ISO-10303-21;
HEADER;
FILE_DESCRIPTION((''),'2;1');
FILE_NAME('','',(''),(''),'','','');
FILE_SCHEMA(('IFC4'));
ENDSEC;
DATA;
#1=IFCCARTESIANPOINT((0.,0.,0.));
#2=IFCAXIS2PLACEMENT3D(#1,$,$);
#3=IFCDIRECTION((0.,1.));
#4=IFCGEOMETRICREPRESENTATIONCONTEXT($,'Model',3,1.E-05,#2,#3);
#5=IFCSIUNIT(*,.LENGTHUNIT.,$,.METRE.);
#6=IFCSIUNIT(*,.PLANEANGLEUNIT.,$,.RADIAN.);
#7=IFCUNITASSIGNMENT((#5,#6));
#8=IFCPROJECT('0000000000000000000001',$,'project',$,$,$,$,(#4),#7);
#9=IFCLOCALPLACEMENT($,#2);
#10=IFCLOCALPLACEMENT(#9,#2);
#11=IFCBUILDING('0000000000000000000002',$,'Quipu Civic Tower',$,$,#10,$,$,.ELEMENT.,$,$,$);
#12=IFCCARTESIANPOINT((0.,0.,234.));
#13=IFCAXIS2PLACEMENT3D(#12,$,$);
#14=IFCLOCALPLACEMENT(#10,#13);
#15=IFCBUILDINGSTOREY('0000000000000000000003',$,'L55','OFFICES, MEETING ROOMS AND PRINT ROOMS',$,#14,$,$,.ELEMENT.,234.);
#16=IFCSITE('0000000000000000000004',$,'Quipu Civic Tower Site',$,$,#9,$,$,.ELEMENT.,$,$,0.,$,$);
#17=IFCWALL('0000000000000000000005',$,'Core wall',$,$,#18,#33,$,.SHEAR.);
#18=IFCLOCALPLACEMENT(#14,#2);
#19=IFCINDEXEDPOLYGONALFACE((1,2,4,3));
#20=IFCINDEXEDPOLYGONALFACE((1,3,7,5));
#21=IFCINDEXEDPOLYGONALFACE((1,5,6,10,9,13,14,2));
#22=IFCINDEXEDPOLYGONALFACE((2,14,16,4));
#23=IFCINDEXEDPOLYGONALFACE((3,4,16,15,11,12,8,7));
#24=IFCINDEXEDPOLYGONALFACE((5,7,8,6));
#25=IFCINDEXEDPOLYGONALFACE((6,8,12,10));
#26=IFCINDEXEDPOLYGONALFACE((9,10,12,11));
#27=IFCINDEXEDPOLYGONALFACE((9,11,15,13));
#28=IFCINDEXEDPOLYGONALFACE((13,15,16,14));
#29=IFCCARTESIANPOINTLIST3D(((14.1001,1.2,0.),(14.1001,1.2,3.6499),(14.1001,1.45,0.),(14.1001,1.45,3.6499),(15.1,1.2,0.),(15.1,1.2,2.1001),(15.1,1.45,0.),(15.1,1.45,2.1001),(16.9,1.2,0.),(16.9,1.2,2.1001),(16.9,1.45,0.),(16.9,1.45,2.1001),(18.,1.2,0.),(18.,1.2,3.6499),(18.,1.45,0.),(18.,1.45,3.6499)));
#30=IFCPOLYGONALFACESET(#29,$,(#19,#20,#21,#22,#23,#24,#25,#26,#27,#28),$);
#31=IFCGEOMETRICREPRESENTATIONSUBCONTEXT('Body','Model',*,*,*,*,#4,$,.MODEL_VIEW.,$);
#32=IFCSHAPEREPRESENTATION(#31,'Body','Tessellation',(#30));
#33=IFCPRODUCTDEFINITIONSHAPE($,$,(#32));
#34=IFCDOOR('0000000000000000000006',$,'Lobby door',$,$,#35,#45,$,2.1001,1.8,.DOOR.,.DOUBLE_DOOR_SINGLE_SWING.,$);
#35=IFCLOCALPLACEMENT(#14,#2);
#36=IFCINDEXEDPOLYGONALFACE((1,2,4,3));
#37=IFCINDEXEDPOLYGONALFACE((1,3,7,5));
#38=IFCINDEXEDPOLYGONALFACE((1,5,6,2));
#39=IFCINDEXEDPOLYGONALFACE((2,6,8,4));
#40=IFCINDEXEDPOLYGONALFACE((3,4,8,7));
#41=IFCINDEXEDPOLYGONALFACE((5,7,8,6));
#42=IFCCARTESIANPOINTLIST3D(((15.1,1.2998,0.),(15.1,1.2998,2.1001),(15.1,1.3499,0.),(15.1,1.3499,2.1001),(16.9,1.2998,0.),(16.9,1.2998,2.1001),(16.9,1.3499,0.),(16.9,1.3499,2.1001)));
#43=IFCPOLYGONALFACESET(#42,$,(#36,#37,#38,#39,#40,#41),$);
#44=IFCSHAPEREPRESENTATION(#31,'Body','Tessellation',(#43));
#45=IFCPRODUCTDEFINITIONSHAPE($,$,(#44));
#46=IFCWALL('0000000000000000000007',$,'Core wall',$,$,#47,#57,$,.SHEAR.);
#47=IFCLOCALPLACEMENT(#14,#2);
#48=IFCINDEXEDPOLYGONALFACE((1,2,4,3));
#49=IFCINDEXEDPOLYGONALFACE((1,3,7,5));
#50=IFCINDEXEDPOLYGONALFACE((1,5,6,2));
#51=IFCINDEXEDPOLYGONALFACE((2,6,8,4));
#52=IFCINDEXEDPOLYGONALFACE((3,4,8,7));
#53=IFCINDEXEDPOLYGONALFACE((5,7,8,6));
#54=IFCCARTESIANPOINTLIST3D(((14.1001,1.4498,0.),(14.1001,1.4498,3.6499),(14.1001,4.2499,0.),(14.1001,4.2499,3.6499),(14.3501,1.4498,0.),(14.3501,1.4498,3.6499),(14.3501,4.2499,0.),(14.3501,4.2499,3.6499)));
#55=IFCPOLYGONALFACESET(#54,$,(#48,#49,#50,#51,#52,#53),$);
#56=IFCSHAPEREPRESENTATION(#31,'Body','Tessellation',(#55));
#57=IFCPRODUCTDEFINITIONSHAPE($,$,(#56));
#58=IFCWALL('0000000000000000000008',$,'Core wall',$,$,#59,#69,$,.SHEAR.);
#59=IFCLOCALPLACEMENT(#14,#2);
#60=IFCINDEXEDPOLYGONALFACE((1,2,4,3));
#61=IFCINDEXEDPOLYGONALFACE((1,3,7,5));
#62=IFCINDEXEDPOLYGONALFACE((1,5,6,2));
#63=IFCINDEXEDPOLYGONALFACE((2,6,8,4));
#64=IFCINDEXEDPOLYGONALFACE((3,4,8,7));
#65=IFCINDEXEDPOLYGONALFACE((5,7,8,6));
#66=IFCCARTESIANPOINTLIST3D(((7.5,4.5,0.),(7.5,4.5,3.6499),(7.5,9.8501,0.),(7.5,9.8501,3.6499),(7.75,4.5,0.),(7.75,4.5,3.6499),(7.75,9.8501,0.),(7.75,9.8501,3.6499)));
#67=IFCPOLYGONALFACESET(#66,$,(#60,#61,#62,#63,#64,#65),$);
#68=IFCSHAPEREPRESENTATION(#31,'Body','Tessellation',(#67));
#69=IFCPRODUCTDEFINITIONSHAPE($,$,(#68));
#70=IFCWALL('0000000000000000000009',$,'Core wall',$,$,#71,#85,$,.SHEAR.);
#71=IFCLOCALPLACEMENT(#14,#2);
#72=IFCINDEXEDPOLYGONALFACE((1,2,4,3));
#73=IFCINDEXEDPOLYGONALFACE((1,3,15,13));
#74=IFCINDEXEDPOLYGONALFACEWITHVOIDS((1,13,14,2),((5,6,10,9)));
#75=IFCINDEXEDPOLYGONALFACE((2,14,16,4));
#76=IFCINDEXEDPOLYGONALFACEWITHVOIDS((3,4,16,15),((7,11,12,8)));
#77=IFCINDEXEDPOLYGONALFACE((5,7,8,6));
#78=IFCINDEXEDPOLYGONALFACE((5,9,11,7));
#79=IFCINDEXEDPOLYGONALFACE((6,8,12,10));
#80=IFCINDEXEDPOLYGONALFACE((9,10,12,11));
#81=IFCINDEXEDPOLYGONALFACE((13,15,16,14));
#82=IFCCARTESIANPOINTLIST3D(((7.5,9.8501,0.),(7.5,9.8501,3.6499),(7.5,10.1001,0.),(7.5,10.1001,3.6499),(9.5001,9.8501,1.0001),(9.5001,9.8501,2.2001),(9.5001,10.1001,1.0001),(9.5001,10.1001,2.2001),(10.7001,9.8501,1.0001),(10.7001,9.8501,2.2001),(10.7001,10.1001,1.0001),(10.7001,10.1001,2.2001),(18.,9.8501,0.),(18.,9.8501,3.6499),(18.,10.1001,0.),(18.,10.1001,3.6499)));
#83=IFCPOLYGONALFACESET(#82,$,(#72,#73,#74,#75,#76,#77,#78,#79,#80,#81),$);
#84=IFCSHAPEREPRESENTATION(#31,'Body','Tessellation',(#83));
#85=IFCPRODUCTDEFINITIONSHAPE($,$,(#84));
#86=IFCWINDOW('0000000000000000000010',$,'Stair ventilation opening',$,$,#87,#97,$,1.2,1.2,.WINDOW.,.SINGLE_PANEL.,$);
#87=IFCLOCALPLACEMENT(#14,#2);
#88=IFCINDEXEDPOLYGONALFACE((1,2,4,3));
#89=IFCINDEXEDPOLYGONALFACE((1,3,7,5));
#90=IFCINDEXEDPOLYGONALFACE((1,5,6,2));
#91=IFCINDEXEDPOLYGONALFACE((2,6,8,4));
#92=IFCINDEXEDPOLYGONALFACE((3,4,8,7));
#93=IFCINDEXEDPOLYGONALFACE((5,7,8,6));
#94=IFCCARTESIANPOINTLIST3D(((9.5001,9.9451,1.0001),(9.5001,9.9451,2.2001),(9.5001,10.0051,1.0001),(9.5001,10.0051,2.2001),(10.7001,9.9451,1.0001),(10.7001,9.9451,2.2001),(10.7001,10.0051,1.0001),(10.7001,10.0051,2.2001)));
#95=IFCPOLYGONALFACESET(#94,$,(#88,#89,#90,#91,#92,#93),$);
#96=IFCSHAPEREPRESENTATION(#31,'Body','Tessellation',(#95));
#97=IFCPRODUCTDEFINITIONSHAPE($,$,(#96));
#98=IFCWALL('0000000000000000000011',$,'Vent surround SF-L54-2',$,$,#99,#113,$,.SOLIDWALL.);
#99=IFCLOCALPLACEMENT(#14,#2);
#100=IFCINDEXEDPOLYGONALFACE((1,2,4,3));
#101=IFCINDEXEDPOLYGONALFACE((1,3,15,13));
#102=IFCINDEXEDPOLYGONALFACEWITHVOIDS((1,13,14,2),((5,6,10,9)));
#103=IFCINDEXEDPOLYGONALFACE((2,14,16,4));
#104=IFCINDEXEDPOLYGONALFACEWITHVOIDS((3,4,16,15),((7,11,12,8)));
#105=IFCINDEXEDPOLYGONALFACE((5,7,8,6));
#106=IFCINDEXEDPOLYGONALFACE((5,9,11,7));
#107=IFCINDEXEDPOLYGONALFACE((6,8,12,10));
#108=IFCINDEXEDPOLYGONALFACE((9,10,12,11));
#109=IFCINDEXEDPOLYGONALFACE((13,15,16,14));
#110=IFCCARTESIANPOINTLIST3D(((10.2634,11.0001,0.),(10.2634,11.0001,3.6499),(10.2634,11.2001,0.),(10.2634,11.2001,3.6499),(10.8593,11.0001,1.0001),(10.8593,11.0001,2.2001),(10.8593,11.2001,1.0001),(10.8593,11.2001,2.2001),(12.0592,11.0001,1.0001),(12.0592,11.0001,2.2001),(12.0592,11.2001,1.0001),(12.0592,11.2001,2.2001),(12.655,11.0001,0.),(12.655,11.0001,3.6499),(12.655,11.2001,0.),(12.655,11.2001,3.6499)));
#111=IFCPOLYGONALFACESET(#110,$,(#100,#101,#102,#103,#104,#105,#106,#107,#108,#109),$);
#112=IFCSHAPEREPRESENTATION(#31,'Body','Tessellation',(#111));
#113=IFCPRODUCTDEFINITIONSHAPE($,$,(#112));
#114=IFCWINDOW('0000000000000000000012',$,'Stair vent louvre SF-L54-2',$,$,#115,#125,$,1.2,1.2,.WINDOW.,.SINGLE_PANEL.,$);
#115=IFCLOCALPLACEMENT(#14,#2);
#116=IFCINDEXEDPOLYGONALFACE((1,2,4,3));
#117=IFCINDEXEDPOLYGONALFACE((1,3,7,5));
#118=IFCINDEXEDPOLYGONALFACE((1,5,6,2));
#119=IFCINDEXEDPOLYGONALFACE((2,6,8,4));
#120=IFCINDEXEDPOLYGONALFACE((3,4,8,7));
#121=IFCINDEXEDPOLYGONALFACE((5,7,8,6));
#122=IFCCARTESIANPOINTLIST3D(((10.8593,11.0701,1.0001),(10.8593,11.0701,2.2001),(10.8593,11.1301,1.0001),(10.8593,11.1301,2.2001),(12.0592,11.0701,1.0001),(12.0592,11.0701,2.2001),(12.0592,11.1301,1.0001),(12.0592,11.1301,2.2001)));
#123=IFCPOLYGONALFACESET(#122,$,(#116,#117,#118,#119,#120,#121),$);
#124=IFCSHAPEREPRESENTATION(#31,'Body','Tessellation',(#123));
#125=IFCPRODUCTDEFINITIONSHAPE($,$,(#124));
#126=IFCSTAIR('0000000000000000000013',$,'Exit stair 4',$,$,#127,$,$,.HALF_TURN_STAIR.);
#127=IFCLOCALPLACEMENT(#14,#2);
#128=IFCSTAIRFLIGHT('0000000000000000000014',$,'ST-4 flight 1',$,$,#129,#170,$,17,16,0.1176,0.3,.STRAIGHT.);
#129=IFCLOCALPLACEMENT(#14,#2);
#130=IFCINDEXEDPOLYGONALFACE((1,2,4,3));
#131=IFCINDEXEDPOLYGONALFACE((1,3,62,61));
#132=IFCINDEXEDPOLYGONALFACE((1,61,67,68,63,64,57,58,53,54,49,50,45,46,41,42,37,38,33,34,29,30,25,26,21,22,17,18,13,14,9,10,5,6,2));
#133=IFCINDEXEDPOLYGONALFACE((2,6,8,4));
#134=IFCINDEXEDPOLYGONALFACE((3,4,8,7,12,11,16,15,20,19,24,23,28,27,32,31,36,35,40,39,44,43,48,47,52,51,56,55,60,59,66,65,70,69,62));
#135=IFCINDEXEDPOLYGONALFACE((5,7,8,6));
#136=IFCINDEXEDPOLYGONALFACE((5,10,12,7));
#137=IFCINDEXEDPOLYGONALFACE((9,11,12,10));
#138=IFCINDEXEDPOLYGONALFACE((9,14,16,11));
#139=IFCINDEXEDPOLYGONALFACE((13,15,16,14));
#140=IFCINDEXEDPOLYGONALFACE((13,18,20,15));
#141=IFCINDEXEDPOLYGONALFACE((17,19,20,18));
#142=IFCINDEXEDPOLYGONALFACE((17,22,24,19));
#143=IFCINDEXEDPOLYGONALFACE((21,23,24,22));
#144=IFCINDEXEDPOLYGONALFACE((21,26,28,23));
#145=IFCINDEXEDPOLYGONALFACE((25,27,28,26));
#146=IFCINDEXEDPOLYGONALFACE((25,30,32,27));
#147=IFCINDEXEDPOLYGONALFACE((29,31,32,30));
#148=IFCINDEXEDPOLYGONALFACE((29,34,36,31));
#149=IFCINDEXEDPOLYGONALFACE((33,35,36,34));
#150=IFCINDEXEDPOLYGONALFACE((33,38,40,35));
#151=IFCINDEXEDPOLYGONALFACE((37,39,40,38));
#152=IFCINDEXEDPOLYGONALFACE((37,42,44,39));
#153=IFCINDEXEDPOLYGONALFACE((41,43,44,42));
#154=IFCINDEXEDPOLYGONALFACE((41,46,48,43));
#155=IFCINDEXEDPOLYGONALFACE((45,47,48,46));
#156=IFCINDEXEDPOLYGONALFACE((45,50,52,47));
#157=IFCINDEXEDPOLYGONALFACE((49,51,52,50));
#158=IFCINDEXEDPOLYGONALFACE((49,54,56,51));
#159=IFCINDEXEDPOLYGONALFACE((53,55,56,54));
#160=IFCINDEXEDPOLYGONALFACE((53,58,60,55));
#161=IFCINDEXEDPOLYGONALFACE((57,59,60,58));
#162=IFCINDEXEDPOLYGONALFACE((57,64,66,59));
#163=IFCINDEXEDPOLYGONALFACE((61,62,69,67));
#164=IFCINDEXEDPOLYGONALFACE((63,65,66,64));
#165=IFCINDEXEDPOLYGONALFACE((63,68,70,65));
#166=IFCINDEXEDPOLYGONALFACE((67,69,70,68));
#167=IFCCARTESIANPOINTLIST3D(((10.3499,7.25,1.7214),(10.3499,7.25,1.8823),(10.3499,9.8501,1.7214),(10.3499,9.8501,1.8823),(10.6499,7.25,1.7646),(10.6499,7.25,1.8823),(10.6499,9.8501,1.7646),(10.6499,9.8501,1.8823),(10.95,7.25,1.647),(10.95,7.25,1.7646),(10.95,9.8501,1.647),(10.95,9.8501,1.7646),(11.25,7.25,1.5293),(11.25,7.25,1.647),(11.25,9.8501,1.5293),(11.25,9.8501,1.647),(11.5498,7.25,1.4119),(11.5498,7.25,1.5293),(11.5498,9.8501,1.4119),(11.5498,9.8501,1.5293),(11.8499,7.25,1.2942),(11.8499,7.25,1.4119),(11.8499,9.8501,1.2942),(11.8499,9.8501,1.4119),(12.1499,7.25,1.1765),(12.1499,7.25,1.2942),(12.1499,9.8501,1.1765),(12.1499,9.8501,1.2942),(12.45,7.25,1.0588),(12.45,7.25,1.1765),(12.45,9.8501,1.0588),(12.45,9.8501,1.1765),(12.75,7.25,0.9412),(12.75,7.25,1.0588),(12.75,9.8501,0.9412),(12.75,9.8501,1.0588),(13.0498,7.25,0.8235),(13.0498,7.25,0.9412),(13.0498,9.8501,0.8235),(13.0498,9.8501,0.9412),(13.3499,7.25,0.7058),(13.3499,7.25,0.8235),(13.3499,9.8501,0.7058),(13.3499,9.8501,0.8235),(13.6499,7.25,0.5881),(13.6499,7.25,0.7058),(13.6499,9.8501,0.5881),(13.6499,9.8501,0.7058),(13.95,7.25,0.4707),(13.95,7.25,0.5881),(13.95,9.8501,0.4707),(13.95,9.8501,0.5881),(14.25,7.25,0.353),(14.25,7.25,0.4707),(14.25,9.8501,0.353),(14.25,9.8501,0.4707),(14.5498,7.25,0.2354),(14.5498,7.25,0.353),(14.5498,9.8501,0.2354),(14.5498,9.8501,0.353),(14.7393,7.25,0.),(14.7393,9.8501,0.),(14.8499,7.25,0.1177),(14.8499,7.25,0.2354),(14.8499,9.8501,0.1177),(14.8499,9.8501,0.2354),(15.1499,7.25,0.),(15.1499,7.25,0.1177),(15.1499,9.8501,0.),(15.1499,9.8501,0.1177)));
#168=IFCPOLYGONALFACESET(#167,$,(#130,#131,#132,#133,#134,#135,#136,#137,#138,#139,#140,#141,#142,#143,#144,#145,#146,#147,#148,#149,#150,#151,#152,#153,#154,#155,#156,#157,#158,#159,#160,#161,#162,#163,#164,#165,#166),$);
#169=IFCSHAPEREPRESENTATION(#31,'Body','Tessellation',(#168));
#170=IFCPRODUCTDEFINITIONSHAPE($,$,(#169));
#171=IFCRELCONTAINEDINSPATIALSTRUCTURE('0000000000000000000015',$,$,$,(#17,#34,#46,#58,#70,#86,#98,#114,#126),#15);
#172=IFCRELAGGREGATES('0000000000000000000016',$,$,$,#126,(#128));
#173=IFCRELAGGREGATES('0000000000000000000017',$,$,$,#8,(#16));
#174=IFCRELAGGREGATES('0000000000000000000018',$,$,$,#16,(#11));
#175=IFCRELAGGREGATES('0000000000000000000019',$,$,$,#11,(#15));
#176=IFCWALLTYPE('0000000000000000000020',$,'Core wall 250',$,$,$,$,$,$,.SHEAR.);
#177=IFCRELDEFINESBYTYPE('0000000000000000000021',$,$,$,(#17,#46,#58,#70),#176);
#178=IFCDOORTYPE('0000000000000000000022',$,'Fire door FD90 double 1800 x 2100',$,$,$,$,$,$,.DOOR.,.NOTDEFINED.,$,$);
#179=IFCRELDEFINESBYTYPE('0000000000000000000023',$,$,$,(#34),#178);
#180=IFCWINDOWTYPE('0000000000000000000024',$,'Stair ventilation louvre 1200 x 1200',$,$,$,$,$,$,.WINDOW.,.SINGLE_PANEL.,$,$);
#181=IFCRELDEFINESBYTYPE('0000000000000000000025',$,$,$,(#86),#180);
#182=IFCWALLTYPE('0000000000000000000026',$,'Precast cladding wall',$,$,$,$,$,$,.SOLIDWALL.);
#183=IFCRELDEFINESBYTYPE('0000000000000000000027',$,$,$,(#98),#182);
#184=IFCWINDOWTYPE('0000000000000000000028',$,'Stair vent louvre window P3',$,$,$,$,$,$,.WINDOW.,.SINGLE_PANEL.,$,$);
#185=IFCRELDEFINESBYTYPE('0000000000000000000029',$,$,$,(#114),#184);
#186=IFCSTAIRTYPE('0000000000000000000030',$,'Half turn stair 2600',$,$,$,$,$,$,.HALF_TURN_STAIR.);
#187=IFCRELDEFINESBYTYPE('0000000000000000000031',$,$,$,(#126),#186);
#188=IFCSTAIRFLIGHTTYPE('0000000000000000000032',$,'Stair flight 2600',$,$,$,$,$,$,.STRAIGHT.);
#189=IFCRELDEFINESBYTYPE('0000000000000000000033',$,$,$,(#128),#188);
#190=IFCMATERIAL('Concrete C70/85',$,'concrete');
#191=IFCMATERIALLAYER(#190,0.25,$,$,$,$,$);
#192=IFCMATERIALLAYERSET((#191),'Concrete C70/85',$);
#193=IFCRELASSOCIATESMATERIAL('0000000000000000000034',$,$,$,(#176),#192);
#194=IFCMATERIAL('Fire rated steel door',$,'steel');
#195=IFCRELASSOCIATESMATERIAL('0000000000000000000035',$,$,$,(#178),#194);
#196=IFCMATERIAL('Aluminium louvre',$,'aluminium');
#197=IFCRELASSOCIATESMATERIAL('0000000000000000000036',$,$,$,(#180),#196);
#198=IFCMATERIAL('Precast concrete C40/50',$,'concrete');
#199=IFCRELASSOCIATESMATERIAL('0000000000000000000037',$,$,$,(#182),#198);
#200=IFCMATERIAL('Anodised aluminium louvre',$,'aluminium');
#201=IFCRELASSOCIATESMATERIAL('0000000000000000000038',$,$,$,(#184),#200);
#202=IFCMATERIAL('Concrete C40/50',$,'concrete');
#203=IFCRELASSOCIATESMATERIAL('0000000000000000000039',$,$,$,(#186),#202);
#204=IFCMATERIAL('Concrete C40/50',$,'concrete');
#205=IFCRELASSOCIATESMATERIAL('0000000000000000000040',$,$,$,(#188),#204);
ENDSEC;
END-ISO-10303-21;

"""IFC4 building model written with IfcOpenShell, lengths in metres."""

from ifc_helpers import new_model, si_unit, direction, frame, frame_2d, origin, place, context, subcontext, project, spatial, polyline, rectangle, outline, extrude, material, layer, layer_set, type_object, element, fill, aggregate, save


model = new_model("IFC4")

# Units and contexts
model_context = context("Model", 3, precision=1e-05, world=origin(), true_north=direction((0.0, 1.0)))
body_context = subcontext(model_context, "Body", "Model", "MODEL_VIEW")
ifc_project = project(units=[si_unit("LENGTHUNIT", "METRE"), si_unit("PLANEANGLEUNIT", "RADIAN")], contexts=[model_context])

# Site, building, storey
site_placement = place(None, origin())
site = spatial("IfcSite", under=ifc_project, at=site_placement, Name="Quipu Civic Tower Site", CompositionType="ELEMENT", RefElevation=0.0)
building_placement = place(site_placement, origin())
building = spatial("IfcBuilding", under=site, at=building_placement, Name="Quipu Civic Tower", CompositionType="ELEMENT")
storey_placement = place(building_placement, frame((0.0, 0.0, 234.0)))
storey = spatial("IfcBuildingStorey", under=building, at=storey_placement, Name="L55", Description="OFFICES, MEETING ROOMS AND PRINT ROOMS", CompositionType="ELEMENT", Elevation=234.0)

# Wall, opening, door
ifc_material_1 = material(Name="Concrete C70/85", Category="concrete")
ifc_layer_1 = layer(ifc_material_1, 0.25)
ifc_layer_set_1 = layer_set([ifc_layer_1], Name="Concrete C70/85")
wall_type_1 = type_object("IfcWallType", Name="Core wall 250", PredefinedType="SHEAR", material=ifc_layer_set_1)
wall_1_placement = place(storey_placement, frame((14.1001, 1.325, 0.0), z_axis=(0.0, 0.0, 1.0), x_axis=(1.0, 0.0, 0.0)))
wall_1 = element("IfcWall", 1, at=wall_1_placement, inside=storey, type_object=wall_type_1, Name="Core wall", PredefinedType="SHEAR", context=body_context, shape_type="SweptSolid", body=[
    extrude(rectangle(XDim=3.8999, YDim=0.25, at=frame_2d((1.95, 0.0))), origin(), (0.0, 0.0, 1.0), 3.6499),
])
opening_1_placement = place(wall_1_placement, frame((1.0, 0.0, 0.0)))
opening_1 = element("IfcOpeningElement", 2, at=opening_1_placement, cuts=wall_1, PredefinedType="OPENING", context=body_context, shape_type="SweptSolid", body=[
    extrude(rectangle(XDim=1.8, YDim=2.1001, at=frame_2d((0.8999, 1.05))), frame((0.0, 0.135, 0.0), z_axis=(0.0, -1.0, 0.0), x_axis=(1.0, 0.0, 0.0)), (0.0, 0.0, 1.0), 0.27),
])
ifc_material_2 = material(Name="Fire rated steel door", Category="steel")
door_type = type_object("IfcDoorType", Name="Fire door FD90 double 1800 x 2100", OperationType="NOTDEFINED", PredefinedType="DOOR", material=ifc_material_2)
door_placement = place(opening_1_placement, origin())
door = element("IfcDoor", 3, at=door_placement, inside=storey, type_object=door_type, Name="Lobby door", OperationType="DOUBLE_DOOR_SINGLE_SWING", OverallHeight=2.1001, OverallWidth=1.8, PredefinedType="DOOR", context=body_context, shape_type="SweptSolid", body=[
    extrude(rectangle(XDim=1.8, YDim=2.1001, at=frame_2d((0.8999, 1.05))), frame((0.0, 0.0249, 0.0), z_axis=(0.0, -1.0, 0.0), x_axis=(1.0, 0.0, 0.0)), (0.0, 0.0, 1.0), 0.05),
])
fill(opening_1, door)

# Walls
wall_2_placement = place(storey_placement, frame((14.2251, 1.45, 0.0), z_axis=(0.0, 0.0, 1.0), x_axis=(0.0, 1.0, 0.0)))
element("IfcWall", 4, at=wall_2_placement, inside=storey, type_object=wall_type_1, Name="Core wall", PredefinedType="SHEAR", context=body_context, shape_type="SweptSolid", body=[
    extrude(rectangle(XDim=2.8, YDim=0.25, at=frame_2d((1.3999, 0.0))), origin(), (0.0, 0.0, 1.0), 3.6499),
])
wall_3_placement = place(storey_placement, frame((7.625, 4.5, 0.0), z_axis=(0.0, 0.0, 1.0), x_axis=(0.0, 1.0, 0.0)))
element("IfcWall", 5, at=wall_3_placement, inside=storey, type_object=wall_type_1, Name="Core wall", PredefinedType="SHEAR", context=body_context, shape_type="SweptSolid", body=[
    extrude(rectangle(XDim=5.3501, YDim=0.25, at=frame_2d((2.675, 0.0))), origin(), (0.0, 0.0, 1.0), 3.6499),
])

# Walls, openings, windows
wall_4_placement = place(storey_placement, frame((7.5, 9.9751, 0.0), z_axis=(0.0, 0.0, 1.0), x_axis=(1.0, 0.0, 0.0)))
wall_4 = element("IfcWall", 6, at=wall_4_placement, inside=storey, type_object=wall_type_1, Name="Core wall", PredefinedType="SHEAR", context=body_context, shape_type="SweptSolid", body=[
    extrude(rectangle(XDim=10.5, YDim=0.25, at=frame_2d((5.25, 0.0))), origin(), (0.0, 0.0, 1.0), 3.6499),
])
opening_2_placement = place(wall_4_placement, frame((2.0, 0.0, 1.0)))
opening_2 = element("IfcOpeningElement", 7, at=opening_2_placement, cuts=wall_4, PredefinedType="OPENING", context=body_context, shape_type="SweptSolid", body=[
    extrude(rectangle(XDim=1.2, YDim=1.2, at=frame_2d((0.6001, 0.6001))), frame((0.0, 0.135, 0.0), z_axis=(0.0, -1.0, 0.0), x_axis=(1.0, 0.0, 0.0)), (0.0, 0.0, 1.0), 0.27),
])
ifc_material_3 = material(Name="Aluminium louvre", Category="aluminium")
window_type_1 = type_object("IfcWindowType", Name="Stair ventilation louvre 1200 x 1200", PartitioningType="SINGLE_PANEL", PredefinedType="WINDOW", material=ifc_material_3)
window_1_placement = place(opening_2_placement, origin())
window_1 = element("IfcWindow", 8, at=window_1_placement, inside=storey, type_object=window_type_1, Name="Stair ventilation opening", OverallHeight=1.2, OverallWidth=1.2, PartitioningType="SINGLE_PANEL", PredefinedType="WINDOW", context=body_context, shape_type="SweptSolid", body=[
    extrude(rectangle(XDim=1.2, YDim=1.2, at=frame_2d((0.6001, 0.6001))), frame((0.0, 0.03, 0.0), z_axis=(0.0, -1.0, 0.0), x_axis=(1.0, 0.0, 0.0)), (0.0, 0.0, 1.0), 0.0601),
])
fill(opening_2, window_1)
ifc_material_4 = material(Name="Precast concrete C40/50", Category="concrete")
wall_type_2 = type_object("IfcWallType", Name="Precast cladding wall", PredefinedType="SOLIDWALL", material=ifc_material_4)
wall_5_placement = place(storey_placement, frame((12.655, 11.1001, 0.0), z_axis=(0.0, 0.0, 1.0), x_axis=(-1.0, 0.0, 0.0)))
wall_5 = element("IfcWall", 9, at=wall_5_placement, inside=storey, type_object=wall_type_2, Name="Vent surround SF-L54-2", PredefinedType="SOLIDWALL", context=body_context, shape_type="SweptSolid", body=[
    extrude(rectangle(XDim=2.3916, YDim=0.2, at=frame_2d((1.1958, 0.0))), origin(), (0.0, 0.0, 1.0), 3.6499),
])
opening_3_placement = place(wall_5_placement, frame((0.5957, 0.0, 1.0)))
opening_3 = element("IfcOpeningElement", 10, at=opening_3_placement, cuts=wall_5, PredefinedType="OPENING", context=body_context, shape_type="SweptSolid", body=[
    extrude(rectangle(XDim=1.2, YDim=1.2, at=frame_2d((0.6001, 0.6001))), frame((0.0, 0.1099, 0.0), z_axis=(0.0, -1.0, 0.0), x_axis=(1.0, 0.0, 0.0)), (0.0, 0.0, 1.0), 0.22),
])
ifc_material_5 = material(Name="Anodised aluminium louvre", Category="aluminium")
window_type_2 = type_object("IfcWindowType", Name="Stair vent louvre window P3", PartitioningType="SINGLE_PANEL", PredefinedType="WINDOW", material=ifc_material_5)
window_2_placement = place(opening_3_placement, origin())
window_2 = element("IfcWindow", 11, at=window_2_placement, inside=storey, type_object=window_type_2, Name="Stair vent louvre SF-L54-2", OverallHeight=1.2, OverallWidth=1.2, PartitioningType="SINGLE_PANEL", PredefinedType="WINDOW", context=body_context, shape_type="SweptSolid", body=[
    extrude(rectangle(XDim=1.2, YDim=1.2, at=frame_2d((0.6001, 0.6001))), frame((0.0, 0.03, 0.0), z_axis=(0.0, -1.0, 0.0), x_axis=(1.0, 0.0, 0.0)), (0.0, 0.0, 1.0), 0.0601),
])
fill(opening_3, window_2)

# Stair, stair flight
ifc_material_6 = material(Name="Concrete C40/50", Category="concrete")
stair_type = type_object("IfcStairType", Name="Half turn stair 2600", PredefinedType="HALF_TURN_STAIR", material=ifc_material_6)
stair_placement = place(storey_placement, origin())
stair = element("IfcStair", 12, at=stair_placement, inside=storey, type_object=stair_type, Name="Exit stair 4", PredefinedType="HALF_TURN_STAIR")
ifc_material_7 = material(Name="Concrete C40/50", Category="concrete")
stair_flight_type = type_object("IfcStairFlightType", Name="Stair flight 2600", PredefinedType="STRAIGHT", material=ifc_material_7)
stair_flight_1_placement = place(storey_placement, frame((15.1499, 8.55, 0.0), z_axis=(0.0, 0.0, 1.0), x_axis=(-1.0, 0.0, 0.0)))
stair_flight_1 = element("IfcStairFlight", 13, at=stair_flight_1_placement, type_object=stair_flight_type, Name="ST-4 flight 1", NumberOfRisers=17, NumberOfTreads=16, PredefinedType="STRAIGHT", RiserHeight=0.1176, TreadLength=0.3, context=body_context, shape_type="SweptSolid", body=[
    extrude(outline(polyline([(0.0, 0.0), (0.0, 0.1177), (0.3, 0.1177), (0.3, 0.2354), (0.6001, 0.2354), (0.6001, 0.353), (0.8999, 0.353), (0.8999, 0.4707), (1.2, 0.4707), (1.2, 0.5881), (1.5, 0.5881), (1.5, 0.7058), (1.8, 0.7058), (1.8, 0.8235), (2.1001, 0.8235), (2.1001, 0.9412), (2.3999, 0.9412), (2.3999, 1.0588), (2.7, 1.0588), (2.7, 1.1765), (3.0, 1.1765), (3.0, 1.2942), (3.3, 1.2942), (3.3, 1.4119), (3.6001, 1.4119), (3.6001, 1.5293), (3.8999, 1.5293), (3.8999, 1.647), (4.2, 1.647), (4.2, 1.7646), (4.5, 1.7646), (4.5, 1.8823), (4.8, 1.8823), (4.8, 2.0), (4.8, 1.7214), (0.4106, 0.0), (0.0, 0.0)])), frame((0.0, 1.3, 0.0), z_axis=(0.0, -1.0, 0.0), x_axis=(1.0, 0.0, 0.0)), (0.0, 0.0, 1.0), 2.6001),
])
aggregate(stair, [stair_flight_1])

save(model, "model.ifc")
